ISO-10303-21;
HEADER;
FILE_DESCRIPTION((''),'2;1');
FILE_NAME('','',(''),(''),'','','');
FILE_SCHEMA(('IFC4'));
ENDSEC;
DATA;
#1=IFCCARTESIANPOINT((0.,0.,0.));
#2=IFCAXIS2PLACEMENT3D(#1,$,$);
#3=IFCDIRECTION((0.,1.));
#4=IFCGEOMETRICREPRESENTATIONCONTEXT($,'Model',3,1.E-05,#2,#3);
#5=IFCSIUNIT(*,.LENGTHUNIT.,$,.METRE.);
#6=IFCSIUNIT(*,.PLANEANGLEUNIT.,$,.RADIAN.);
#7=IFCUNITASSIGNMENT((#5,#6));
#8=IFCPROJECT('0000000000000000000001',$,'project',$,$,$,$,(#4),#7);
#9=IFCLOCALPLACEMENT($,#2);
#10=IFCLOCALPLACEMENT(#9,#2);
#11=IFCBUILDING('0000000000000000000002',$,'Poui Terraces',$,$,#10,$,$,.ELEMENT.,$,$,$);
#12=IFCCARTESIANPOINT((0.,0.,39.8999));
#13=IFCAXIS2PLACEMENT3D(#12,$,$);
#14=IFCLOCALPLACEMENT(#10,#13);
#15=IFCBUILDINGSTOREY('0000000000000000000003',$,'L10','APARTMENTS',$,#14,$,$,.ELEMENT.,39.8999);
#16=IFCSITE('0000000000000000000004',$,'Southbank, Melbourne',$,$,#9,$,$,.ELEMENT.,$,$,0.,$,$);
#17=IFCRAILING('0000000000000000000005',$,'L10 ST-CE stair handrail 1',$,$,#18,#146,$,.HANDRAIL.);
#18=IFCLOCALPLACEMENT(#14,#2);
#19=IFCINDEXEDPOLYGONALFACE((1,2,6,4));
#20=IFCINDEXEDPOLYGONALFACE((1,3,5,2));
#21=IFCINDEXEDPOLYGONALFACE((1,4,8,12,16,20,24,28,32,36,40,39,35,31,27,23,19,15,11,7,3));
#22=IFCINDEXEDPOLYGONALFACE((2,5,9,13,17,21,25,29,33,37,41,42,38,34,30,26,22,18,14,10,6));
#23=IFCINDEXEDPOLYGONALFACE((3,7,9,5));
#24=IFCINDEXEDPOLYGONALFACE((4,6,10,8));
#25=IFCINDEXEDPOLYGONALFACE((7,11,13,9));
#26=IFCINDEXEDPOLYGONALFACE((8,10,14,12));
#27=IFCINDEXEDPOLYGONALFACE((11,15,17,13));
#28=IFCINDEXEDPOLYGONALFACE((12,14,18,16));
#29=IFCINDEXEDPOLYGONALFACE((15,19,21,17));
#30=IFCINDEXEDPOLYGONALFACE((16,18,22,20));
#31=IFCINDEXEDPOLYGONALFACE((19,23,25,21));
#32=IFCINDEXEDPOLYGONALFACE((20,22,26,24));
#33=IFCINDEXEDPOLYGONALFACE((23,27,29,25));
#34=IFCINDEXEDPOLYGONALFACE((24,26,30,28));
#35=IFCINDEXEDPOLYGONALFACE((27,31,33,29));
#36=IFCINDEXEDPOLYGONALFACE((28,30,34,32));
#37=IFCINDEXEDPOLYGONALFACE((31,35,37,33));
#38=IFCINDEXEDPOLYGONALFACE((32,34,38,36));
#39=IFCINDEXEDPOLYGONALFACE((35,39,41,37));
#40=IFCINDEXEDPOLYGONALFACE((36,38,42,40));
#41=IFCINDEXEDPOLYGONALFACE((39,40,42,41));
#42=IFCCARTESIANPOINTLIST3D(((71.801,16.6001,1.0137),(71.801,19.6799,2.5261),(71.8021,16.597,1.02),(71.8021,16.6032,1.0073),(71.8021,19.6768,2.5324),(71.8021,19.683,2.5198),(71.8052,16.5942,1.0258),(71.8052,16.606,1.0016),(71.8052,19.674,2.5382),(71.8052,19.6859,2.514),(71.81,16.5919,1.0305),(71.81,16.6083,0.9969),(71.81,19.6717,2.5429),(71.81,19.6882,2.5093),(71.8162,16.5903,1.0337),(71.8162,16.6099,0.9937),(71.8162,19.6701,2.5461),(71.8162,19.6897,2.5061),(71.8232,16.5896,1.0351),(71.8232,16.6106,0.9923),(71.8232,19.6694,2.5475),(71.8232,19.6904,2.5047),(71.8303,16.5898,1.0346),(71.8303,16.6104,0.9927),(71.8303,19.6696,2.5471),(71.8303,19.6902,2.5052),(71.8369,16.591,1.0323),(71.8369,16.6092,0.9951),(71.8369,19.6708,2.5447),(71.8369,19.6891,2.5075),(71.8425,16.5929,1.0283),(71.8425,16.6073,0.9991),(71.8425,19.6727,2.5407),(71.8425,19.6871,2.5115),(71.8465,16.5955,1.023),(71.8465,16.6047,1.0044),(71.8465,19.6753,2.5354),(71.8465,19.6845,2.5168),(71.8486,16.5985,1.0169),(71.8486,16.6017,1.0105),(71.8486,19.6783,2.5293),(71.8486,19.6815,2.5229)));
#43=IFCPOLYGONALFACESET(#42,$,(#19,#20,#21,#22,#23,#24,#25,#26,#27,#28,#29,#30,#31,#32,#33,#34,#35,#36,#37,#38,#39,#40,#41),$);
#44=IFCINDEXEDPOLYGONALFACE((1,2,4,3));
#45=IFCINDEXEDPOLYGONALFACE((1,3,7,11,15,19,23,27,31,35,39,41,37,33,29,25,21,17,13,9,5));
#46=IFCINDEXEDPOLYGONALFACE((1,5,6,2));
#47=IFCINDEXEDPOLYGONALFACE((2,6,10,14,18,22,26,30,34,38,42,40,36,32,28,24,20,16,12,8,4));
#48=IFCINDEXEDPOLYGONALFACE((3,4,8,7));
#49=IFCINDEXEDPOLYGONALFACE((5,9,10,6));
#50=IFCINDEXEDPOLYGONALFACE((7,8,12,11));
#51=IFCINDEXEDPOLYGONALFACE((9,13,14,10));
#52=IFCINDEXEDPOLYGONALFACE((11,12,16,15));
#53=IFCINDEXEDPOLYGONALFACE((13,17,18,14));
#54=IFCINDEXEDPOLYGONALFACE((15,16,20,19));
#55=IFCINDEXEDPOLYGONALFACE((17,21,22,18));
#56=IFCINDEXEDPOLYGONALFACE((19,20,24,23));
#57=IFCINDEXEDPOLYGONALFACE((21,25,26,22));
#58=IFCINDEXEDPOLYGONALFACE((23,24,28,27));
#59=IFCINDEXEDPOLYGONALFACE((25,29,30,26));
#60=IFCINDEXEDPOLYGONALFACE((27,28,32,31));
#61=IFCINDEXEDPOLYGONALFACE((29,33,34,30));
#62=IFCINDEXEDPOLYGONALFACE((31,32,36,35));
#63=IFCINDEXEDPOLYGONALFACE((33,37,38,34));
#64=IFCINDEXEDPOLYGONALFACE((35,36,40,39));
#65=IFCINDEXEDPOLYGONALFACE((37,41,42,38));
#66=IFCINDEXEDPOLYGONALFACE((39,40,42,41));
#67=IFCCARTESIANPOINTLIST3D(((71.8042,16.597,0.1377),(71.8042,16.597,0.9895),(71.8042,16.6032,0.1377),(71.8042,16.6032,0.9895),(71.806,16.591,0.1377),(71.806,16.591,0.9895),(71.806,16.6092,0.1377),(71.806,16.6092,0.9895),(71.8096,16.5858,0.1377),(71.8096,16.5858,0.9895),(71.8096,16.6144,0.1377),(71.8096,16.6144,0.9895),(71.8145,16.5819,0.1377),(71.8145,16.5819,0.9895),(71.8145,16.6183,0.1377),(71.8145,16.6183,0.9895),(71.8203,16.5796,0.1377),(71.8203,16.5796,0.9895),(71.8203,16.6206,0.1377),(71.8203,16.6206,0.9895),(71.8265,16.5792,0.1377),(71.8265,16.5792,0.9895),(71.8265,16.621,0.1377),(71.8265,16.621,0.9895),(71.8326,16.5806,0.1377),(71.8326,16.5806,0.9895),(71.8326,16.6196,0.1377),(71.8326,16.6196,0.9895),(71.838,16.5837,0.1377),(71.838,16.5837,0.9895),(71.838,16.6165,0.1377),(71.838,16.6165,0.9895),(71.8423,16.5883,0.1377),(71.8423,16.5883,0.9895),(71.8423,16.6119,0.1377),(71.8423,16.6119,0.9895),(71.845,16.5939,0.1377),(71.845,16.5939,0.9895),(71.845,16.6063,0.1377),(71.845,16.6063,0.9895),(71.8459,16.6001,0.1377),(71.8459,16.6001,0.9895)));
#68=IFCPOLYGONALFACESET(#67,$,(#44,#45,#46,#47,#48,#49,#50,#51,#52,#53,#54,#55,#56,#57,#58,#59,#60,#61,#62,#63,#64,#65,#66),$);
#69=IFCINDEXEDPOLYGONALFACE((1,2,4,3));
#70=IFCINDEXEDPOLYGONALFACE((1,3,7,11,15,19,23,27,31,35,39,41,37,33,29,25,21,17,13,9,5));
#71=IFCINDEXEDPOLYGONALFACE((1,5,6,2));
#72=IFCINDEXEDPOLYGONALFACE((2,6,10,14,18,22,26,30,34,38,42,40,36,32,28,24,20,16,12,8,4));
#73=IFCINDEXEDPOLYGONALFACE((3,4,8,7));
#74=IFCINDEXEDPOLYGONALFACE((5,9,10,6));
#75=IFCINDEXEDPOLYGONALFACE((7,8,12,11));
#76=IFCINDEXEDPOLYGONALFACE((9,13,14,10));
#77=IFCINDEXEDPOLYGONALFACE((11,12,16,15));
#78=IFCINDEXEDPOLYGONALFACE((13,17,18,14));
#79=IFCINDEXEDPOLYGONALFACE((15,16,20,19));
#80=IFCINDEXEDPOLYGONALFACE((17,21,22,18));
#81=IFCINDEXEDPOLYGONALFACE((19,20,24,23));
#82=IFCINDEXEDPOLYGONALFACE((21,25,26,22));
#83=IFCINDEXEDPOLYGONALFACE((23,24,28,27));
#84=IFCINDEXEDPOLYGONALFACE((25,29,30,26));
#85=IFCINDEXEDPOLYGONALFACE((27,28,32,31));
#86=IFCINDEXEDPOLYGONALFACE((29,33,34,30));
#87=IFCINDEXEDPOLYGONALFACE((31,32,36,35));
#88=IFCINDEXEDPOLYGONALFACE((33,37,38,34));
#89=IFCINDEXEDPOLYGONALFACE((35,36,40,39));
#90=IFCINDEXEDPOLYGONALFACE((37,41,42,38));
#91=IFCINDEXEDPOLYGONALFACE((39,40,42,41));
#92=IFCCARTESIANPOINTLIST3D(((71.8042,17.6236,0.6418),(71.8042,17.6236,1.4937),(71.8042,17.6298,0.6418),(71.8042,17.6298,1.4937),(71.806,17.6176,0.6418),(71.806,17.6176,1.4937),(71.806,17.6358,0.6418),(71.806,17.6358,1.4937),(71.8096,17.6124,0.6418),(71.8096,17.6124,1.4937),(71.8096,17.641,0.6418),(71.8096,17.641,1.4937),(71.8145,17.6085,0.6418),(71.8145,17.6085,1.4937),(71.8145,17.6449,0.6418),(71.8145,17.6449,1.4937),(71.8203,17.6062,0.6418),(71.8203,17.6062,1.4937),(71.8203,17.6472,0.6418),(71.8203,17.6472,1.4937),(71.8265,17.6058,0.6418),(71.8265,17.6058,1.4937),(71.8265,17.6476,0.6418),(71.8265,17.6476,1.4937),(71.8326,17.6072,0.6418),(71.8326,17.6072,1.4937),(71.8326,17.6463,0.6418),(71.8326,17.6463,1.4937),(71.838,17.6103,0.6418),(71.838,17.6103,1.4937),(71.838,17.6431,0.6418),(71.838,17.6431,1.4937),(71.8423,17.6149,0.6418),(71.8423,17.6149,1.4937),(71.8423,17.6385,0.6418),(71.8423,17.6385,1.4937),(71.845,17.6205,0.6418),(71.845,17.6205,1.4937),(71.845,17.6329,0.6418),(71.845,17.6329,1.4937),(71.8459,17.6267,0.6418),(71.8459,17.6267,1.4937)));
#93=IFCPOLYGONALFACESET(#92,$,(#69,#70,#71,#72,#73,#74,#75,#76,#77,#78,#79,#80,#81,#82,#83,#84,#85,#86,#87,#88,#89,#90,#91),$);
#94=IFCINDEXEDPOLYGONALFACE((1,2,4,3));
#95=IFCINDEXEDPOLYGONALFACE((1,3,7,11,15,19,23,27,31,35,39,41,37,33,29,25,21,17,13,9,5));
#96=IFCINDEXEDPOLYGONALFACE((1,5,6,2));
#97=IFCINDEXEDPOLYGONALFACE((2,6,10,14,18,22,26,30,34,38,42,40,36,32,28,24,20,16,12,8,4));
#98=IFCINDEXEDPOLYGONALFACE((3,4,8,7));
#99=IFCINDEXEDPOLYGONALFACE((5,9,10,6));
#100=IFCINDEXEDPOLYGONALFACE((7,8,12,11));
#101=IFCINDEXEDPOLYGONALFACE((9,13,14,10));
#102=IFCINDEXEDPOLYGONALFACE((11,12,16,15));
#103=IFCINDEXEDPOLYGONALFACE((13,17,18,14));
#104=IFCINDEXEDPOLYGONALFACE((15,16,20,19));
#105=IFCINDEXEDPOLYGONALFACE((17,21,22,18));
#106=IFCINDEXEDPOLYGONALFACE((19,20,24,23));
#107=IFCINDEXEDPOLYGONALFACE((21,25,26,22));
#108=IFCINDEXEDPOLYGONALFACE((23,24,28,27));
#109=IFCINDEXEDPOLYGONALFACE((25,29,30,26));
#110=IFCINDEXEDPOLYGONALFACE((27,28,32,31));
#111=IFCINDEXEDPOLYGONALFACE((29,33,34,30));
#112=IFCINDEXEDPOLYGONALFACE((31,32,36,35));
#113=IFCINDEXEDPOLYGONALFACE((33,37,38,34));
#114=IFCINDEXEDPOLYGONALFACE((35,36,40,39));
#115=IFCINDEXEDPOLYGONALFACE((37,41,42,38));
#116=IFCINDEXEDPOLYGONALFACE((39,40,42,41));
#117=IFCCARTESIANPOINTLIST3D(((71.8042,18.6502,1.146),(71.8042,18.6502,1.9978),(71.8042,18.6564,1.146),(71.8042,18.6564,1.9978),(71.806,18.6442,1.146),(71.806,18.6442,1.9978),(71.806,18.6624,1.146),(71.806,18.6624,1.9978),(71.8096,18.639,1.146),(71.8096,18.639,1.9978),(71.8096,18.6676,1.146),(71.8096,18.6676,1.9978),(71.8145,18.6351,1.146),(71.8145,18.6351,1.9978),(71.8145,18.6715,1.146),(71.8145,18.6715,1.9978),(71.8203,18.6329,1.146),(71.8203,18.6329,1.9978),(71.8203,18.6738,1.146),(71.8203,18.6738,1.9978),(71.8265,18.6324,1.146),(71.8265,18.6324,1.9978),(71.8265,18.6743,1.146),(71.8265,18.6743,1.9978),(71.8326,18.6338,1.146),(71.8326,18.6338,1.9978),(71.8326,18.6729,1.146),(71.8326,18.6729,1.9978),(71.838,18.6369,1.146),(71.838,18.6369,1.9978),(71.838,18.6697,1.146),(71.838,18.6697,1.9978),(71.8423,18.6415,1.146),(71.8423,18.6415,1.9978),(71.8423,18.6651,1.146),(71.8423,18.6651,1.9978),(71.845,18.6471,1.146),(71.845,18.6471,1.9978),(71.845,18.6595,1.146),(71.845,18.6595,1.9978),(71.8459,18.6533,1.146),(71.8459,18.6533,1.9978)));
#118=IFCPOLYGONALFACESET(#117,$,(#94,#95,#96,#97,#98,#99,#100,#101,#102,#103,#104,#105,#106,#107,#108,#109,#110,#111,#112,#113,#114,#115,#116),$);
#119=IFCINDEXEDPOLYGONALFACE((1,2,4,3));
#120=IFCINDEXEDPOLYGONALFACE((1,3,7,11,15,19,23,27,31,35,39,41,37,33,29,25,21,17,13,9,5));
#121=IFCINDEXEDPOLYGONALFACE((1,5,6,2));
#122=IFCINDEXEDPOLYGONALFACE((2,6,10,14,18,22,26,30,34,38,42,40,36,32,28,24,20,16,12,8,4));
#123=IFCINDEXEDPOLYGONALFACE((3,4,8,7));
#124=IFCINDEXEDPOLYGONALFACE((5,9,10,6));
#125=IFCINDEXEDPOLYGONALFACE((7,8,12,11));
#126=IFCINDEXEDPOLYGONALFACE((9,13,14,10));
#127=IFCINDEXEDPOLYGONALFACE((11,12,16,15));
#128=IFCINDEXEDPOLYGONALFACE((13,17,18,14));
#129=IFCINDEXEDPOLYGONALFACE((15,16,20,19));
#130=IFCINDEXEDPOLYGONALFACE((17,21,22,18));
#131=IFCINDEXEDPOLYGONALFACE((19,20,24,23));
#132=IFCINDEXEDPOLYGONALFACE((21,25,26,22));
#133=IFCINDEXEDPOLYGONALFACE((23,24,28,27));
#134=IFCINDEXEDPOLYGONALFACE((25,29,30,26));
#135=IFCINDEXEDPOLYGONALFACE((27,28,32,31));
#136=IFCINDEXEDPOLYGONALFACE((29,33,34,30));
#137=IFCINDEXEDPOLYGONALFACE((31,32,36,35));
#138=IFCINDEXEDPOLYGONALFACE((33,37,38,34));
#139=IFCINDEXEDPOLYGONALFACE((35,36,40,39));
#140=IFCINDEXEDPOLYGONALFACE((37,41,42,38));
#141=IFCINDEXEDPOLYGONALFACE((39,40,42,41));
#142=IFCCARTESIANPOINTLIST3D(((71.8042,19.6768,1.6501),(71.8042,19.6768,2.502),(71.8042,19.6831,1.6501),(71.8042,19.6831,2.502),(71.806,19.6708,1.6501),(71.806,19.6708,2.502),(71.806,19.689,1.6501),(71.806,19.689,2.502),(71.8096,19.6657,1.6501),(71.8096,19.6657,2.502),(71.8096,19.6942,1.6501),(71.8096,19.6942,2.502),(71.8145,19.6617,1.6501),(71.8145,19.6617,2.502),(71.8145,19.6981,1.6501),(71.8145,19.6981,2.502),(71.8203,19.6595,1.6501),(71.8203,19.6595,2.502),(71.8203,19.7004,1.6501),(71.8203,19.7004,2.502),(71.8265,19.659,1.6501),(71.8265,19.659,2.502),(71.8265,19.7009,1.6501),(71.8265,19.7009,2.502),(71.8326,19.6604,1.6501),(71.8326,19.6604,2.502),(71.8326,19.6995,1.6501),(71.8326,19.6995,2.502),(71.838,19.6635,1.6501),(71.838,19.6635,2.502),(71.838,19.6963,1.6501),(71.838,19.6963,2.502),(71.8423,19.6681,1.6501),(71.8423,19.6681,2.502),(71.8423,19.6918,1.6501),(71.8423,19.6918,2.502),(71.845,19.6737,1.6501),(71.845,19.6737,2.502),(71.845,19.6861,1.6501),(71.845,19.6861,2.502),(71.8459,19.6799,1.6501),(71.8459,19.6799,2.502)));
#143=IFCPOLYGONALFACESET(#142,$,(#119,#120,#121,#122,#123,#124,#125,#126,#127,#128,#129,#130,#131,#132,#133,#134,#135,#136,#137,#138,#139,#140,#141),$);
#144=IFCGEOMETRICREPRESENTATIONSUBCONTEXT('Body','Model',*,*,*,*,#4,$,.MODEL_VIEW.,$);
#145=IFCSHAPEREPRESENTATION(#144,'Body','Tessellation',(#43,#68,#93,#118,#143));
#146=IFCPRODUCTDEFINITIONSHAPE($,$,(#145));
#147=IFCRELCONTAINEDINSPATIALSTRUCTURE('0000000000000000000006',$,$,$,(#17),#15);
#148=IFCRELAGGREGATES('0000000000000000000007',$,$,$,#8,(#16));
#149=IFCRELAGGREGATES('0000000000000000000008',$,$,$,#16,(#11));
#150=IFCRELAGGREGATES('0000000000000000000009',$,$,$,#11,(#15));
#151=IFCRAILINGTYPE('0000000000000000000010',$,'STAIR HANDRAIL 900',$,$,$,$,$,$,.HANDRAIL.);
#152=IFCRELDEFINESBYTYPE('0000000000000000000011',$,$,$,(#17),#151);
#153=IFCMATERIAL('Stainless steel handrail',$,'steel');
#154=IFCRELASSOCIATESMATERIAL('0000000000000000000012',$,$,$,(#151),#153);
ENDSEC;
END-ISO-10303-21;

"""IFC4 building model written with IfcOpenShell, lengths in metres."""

from ifc_helpers import new_model, si_unit, direction, frame, origin, origin_2d, place, context, subcontext, project, spatial, circle, extrude, material, type_object, element, save


model = new_model("IFC4")

# Units and contexts
model_context = context("Model", 3, precision=1e-05, world=origin(), true_north=direction((0.0, 1.0)))
body_context = subcontext(model_context, "Body", "Model", "MODEL_VIEW")
ifc_project = project(units=[si_unit("LENGTHUNIT", "METRE"), si_unit("PLANEANGLEUNIT", "RADIAN")], contexts=[model_context])

# Site, building, storey
site_placement = place(None, origin())
site = spatial("IfcSite", under=ifc_project, at=site_placement, Name="Southbank, Melbourne", CompositionType="ELEMENT", RefElevation=0.0)
building_placement = place(site_placement, origin())
building = spatial("IfcBuilding", under=site, at=building_placement, Name="Poui Terraces", CompositionType="ELEMENT")
storey_placement = place(building_placement, frame((0.0, 0.0, 39.8999)))
storey = spatial("IfcBuildingStorey", under=building, at=storey_placement, Name="L10", Description="APARTMENTS", CompositionType="ELEMENT", Elevation=39.8999)

# Railing
ifc_material_1 = material(Name="Stainless steel handrail", Category="steel")
railing_type_1 = type_object("IfcRailingType", Name="STAIR HANDRAIL 900", PredefinedType="HANDRAIL", material=ifc_material_1)
railing_1_placement = place(storey_placement, frame((71.825, 16.6001, 0.1377)))
element("IfcRailing", 1, at=railing_1_placement, inside=storey, type_object=railing_type_1, Name="L10 ST-CE stair handrail 1", PredefinedType="HANDRAIL", context=body_context, shape_type="SweptSolid", body=[
    extrude(circle(Radius=0.0239, at=origin_2d()), frame((0.0, 0.0, 0.876), z_axis=(0.0, 0.897606, 0.440798), x_axis=(-1.0, 0.0, 0.0)), (0.0, 0.0, 1.0), 3.4312),
    extrude(circle(Radius=0.021, at=origin_2d()), origin(), (0.0, 0.0, 1.0), 0.8518),
    extrude(circle(Radius=0.021, at=origin_2d()), frame((0.0, 1.0266, 0.5042)), (0.0, 0.0, 1.0), 0.8518),
    extrude(circle(Radius=0.021, at=origin_2d()), frame((0.0, 2.0532, 1.0083)), (0.0, 0.0, 1.0), 0.8518),
    extrude(circle(Radius=0.021, at=origin_2d()), frame((0.0, 3.0798, 1.5125)), (0.0, 0.0, 1.0), 0.8518),
])

save(model, "model.ifc")
